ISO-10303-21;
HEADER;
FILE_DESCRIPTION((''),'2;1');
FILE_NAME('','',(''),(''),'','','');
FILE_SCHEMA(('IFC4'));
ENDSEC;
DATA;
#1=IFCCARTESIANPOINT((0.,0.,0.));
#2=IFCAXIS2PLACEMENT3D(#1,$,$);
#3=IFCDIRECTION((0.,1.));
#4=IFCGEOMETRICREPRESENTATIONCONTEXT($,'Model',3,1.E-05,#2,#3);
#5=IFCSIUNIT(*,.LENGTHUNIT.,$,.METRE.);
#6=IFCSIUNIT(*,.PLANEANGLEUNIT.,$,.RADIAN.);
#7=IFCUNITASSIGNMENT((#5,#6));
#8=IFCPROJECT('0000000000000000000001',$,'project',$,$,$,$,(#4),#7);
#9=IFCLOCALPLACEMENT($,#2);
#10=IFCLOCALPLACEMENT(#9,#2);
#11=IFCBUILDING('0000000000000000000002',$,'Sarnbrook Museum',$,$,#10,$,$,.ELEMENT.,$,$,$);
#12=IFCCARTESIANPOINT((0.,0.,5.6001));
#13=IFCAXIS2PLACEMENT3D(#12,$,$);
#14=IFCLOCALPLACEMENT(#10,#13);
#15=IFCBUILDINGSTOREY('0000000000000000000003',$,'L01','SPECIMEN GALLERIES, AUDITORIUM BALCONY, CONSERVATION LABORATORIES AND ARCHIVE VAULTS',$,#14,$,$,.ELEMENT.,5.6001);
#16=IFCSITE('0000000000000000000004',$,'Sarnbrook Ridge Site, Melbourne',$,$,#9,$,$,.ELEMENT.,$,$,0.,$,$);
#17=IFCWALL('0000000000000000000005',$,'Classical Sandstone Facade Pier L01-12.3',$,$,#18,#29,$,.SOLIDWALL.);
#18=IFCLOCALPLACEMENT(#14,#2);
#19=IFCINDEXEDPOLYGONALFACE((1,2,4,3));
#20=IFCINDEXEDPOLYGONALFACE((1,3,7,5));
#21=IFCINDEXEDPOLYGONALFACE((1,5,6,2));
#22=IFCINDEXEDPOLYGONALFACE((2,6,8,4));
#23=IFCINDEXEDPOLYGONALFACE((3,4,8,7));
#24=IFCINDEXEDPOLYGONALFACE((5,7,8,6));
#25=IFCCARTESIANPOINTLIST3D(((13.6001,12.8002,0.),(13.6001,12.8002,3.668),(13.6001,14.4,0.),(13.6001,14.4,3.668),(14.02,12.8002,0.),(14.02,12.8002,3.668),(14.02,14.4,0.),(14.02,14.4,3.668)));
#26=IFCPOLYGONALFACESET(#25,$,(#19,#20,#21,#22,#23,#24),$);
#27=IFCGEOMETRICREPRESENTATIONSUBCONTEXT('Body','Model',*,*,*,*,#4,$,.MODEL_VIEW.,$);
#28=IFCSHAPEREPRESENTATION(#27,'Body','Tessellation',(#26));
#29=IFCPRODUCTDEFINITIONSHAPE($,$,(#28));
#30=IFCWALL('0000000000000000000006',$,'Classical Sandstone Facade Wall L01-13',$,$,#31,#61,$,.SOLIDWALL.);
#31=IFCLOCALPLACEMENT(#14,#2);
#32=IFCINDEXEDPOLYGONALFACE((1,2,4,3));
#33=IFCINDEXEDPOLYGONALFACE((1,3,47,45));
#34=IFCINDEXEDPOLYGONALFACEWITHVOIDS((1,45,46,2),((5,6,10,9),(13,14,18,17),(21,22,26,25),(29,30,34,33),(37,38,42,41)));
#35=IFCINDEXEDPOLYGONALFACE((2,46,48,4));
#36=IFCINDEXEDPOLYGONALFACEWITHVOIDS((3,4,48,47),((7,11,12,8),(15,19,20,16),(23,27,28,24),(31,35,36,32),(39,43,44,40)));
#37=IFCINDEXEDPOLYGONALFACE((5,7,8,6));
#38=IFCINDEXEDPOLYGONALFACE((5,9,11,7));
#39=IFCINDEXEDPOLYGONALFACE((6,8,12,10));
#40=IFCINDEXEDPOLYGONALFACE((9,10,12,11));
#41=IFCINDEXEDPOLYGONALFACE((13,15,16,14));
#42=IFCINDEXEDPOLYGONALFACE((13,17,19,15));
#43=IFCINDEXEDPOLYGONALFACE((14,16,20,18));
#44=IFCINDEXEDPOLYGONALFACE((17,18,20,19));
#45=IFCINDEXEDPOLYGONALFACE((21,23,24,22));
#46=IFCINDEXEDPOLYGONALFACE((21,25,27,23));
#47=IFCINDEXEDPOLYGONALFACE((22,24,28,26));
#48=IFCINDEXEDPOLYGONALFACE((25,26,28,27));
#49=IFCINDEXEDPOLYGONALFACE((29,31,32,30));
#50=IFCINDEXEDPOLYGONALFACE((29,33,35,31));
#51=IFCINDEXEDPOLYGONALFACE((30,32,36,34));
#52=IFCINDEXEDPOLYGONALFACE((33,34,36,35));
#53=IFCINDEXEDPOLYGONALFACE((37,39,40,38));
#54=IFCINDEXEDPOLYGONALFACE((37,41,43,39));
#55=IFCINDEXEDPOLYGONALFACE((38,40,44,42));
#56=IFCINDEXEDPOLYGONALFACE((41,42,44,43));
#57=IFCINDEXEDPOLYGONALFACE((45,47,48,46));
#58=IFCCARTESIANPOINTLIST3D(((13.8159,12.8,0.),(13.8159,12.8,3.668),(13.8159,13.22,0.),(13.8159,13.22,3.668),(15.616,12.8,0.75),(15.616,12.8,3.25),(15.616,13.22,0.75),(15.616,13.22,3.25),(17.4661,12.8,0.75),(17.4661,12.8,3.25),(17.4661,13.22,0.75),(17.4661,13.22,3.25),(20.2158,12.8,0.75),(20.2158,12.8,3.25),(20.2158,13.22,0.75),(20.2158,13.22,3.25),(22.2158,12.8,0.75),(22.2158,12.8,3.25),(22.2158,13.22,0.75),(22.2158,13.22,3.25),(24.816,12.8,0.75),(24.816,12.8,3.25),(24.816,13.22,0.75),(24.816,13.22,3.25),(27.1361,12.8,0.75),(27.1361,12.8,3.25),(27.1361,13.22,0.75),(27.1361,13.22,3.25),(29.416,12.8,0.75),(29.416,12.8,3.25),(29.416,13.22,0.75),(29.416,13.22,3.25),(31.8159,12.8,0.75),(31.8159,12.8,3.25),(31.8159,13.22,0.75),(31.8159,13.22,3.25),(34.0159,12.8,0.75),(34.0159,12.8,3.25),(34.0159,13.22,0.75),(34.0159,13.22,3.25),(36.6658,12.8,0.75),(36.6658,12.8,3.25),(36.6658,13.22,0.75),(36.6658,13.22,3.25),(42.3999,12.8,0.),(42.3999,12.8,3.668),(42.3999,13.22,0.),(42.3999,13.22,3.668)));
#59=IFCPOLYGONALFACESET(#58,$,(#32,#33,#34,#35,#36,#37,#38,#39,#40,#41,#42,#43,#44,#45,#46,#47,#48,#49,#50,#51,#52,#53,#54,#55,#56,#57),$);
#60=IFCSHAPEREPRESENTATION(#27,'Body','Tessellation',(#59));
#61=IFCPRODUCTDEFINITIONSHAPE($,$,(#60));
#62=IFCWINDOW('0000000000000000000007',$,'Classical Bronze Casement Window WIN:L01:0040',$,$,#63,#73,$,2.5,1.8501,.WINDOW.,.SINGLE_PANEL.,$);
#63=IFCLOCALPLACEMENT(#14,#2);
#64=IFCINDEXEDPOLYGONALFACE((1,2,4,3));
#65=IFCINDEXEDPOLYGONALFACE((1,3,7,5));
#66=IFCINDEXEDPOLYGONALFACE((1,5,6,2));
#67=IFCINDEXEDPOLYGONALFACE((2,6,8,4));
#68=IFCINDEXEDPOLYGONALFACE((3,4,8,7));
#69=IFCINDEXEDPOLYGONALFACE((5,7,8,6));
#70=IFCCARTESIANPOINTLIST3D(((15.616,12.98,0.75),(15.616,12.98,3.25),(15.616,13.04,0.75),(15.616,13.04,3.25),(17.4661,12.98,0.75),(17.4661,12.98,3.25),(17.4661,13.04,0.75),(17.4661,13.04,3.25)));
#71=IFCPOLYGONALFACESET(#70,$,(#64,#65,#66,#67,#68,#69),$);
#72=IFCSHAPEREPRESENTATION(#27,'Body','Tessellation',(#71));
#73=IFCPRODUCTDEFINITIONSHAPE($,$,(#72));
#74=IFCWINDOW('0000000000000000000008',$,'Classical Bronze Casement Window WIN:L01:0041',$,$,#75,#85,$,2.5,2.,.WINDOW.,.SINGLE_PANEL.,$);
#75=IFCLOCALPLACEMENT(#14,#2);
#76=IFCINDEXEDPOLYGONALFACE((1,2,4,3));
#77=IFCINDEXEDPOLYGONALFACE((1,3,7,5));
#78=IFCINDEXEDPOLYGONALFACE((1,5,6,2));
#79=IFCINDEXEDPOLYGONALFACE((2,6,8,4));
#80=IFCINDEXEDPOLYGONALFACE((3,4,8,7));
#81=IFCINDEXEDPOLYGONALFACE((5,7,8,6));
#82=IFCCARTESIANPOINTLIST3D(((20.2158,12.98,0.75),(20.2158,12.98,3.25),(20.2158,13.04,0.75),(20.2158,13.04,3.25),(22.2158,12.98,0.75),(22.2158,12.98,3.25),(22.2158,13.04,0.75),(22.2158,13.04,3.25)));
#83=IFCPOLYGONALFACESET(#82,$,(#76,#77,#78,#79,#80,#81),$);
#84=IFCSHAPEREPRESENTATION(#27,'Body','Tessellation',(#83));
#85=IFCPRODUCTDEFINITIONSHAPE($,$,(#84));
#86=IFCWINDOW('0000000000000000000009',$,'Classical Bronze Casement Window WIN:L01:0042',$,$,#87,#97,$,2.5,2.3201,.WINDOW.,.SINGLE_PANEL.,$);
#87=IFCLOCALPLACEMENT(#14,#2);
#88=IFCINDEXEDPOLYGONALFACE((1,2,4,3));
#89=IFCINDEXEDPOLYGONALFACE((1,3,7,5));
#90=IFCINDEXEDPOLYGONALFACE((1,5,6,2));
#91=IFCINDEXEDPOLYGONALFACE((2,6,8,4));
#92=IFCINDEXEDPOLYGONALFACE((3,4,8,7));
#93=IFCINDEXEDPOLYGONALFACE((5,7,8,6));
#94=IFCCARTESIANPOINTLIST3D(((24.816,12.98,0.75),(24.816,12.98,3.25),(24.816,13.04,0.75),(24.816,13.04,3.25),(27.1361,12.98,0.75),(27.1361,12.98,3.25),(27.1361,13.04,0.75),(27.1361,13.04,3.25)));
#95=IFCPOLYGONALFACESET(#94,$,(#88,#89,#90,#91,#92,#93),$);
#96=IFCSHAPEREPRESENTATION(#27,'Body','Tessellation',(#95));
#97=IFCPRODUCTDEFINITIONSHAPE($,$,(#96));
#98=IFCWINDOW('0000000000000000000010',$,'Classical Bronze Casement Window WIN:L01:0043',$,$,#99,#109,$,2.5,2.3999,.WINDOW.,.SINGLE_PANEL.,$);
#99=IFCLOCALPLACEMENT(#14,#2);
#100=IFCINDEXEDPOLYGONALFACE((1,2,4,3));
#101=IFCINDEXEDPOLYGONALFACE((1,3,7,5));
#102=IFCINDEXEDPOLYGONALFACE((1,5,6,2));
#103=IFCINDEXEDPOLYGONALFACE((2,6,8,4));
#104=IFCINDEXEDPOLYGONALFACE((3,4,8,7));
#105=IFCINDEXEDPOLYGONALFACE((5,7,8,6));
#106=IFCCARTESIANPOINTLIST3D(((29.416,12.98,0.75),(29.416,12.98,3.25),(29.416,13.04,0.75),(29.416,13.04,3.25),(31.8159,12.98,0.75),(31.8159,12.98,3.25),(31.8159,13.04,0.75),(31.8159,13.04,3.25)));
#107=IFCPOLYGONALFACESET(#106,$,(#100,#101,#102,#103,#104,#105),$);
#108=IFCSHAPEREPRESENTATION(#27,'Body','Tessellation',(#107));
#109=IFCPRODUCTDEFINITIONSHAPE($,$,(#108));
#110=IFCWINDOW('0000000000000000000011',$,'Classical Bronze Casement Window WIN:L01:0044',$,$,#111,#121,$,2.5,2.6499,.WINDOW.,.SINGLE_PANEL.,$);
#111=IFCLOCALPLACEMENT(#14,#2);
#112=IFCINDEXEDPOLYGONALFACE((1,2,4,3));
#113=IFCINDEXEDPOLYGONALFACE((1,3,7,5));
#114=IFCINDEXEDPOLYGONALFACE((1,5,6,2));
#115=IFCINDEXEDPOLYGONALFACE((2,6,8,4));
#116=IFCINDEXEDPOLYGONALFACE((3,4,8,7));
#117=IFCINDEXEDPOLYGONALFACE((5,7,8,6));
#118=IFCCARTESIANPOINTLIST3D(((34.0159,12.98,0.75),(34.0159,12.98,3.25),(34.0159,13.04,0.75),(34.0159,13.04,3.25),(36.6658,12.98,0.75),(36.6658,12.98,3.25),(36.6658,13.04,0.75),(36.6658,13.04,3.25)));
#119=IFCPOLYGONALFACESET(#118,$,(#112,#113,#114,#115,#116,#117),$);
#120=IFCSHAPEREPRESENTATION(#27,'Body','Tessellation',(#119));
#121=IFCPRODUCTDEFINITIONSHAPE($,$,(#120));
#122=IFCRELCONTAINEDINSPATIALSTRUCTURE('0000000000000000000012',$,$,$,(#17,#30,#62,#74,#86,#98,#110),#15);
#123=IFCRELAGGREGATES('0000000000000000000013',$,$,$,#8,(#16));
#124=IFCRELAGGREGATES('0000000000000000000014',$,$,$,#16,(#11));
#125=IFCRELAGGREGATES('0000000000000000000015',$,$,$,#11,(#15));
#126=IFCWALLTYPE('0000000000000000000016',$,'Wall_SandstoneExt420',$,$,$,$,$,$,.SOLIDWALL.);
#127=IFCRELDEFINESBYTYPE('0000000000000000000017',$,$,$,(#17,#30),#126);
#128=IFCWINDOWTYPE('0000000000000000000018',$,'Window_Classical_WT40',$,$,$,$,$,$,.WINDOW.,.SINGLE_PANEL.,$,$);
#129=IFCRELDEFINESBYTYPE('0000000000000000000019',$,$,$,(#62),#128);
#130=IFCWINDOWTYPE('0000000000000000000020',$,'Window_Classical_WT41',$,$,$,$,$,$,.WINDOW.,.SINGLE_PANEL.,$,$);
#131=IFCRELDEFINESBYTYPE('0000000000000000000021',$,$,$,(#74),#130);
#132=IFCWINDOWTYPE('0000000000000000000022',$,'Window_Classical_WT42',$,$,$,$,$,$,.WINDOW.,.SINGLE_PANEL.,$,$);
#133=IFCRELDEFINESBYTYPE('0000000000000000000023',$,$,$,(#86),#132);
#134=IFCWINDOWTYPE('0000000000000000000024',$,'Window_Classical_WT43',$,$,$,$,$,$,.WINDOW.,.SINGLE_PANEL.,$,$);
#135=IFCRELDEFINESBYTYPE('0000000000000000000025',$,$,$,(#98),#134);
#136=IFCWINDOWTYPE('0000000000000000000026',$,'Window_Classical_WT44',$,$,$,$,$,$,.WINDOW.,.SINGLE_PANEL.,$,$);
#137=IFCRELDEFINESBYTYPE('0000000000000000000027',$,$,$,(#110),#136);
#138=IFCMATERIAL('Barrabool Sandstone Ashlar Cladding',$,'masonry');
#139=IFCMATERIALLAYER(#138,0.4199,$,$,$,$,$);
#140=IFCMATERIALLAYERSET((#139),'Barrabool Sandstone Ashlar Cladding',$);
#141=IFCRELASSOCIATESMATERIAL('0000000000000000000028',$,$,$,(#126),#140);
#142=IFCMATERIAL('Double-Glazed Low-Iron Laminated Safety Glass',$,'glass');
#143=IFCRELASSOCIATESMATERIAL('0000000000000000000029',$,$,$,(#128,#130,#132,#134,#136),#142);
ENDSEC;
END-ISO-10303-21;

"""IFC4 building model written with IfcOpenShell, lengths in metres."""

from ifc_helpers import new_model, si_unit, direction, frame, frame_2d, origin, place, context, subcontext, project, spatial, rectangle, extrude, material, layer, layer_set, type_object, element, fill, save


model = new_model("IFC4")

# Units and contexts
model_context = context("Model", 3, precision=1e-05, world=origin(), true_north=direction((0.0, 1.0)))
body_context = subcontext(model_context, "Body", "Model", "MODEL_VIEW")
ifc_project = project(units=[si_unit("LENGTHUNIT", "METRE"), si_unit("PLANEANGLEUNIT", "RADIAN")], contexts=[model_context])

# Site, building, storey
site_placement = place(None, origin())
site = spatial("IfcSite", under=ifc_project, at=site_placement, Name="Sarnbrook Ridge Site, Melbourne", CompositionType="ELEMENT", RefElevation=0.0)
building_placement = place(site_placement, origin())
building = spatial("IfcBuilding", under=site, at=building_placement, Name="Sarnbrook Museum", CompositionType="ELEMENT")
storey_placement = place(building_placement, frame((0.0, 0.0, 5.6001)))
storey = spatial("IfcBuildingStorey", under=building, at=storey_placement, Name="L01", Description="SPECIMEN GALLERIES, AUDITORIUM BALCONY, CONSERVATION LABORATORIES AND ARCHIVE VAULTS", CompositionType="ELEMENT", Elevation=5.6001)

# Wall
ifc_material_1 = material(Name="Barrabool Sandstone Ashlar Cladding", Category="masonry")
ifc_layer_1 = layer(ifc_material_1, 0.4199)
ifc_layer_set_1 = layer_set([ifc_layer_1], Name="Barrabool Sandstone Ashlar Cladding")
wall_type = type_object("IfcWallType", Name="Wall_SandstoneExt420", PredefinedType="SOLIDWALL", material=ifc_layer_set_1)
wall_1_placement = place(storey_placement, frame((13.8101, 14.3999, 0.0), z_axis=(0.0, 0.0, 1.0), x_axis=(0.0, -1.0, 0.0)))
element("IfcWall", 1, at=wall_1_placement, inside=storey, type_object=wall_type, Name="Classical Sandstone Facade Pier L01-12.3", PredefinedType="SOLIDWALL", context=body_context, shape_type="SweptSolid", body=[
    extrude(rectangle(XDim=1.5999, YDim=0.4199, at=frame_2d((0.7998, 0.0))), origin(), (0.0, 0.0, 1.0), 3.668),
])

# Wall, openings, windows
wall_2_placement = place(storey_placement, frame((13.8159, 13.01, 0.0), z_axis=(0.0, 0.0, 1.0), x_axis=(1.0, 0.0, 0.0)))
wall_2 = element("IfcWall", 2, at=wall_2_placement, inside=storey, type_object=wall_type, Name="Classical Sandstone Facade Wall L01-13", PredefinedType="SOLIDWALL", context=body_context, shape_type="SweptSolid", body=[
    extrude(rectangle(XDim=28.584, YDim=0.4199, at=frame_2d((14.292, 0.0))), origin(), (0.0, 0.0, 1.0), 3.668),
])
opening_1_placement = place(wall_2_placement, frame((1.8, 0.0, 0.75)))
opening_1 = element("IfcOpeningElement", 3, at=opening_1_placement, cuts=wall_2, PredefinedType="OPENING", context=body_context, shape_type="SweptSolid", body=[
    extrude(rectangle(XDim=1.8501, YDim=2.5, at=frame_2d((0.925, 1.25))), frame((0.0, 0.22, 0.0), z_axis=(0.0, -1.0, 0.0), x_axis=(1.0, 0.0, 0.0)), (0.0, 0.0, 1.0), 0.4399),
])
opening_2_placement = place(wall_2_placement, frame((6.3999, 0.0, 0.75)))
opening_2 = element("IfcOpeningElement", 4, at=opening_2_placement, cuts=wall_2, PredefinedType="OPENING", context=body_context, shape_type="SweptSolid", body=[
    extrude(rectangle(XDim=2.0, YDim=2.5, at=frame_2d((1.0, 1.25))), frame((0.0, 0.22, 0.0), z_axis=(0.0, -1.0, 0.0), x_axis=(1.0, 0.0, 0.0)), (0.0, 0.0, 1.0), 0.4399),
])
opening_3_placement = place(wall_2_placement, frame((11.0, 0.0, 0.75)))
opening_3 = element("IfcOpeningElement", 5, at=opening_3_placement, cuts=wall_2, PredefinedType="OPENING", context=body_context, shape_type="SweptSolid", body=[
    extrude(rectangle(XDim=2.3201, YDim=2.5, at=frame_2d((1.1602, 1.25))), frame((0.0, 0.22, 0.0), z_axis=(0.0, -1.0, 0.0), x_axis=(1.0, 0.0, 0.0)), (0.0, 0.0, 1.0), 0.4399),
])
opening_4_placement = place(wall_2_placement, frame((15.6001, 0.0, 0.75)))
opening_4 = element("IfcOpeningElement", 6, at=opening_4_placement, cuts=wall_2, PredefinedType="OPENING", context=body_context, shape_type="SweptSolid", body=[
    extrude(rectangle(XDim=2.3999, YDim=2.5, at=frame_2d((1.2, 1.25))), frame((0.0, 0.22, 0.0), z_axis=(0.0, -1.0, 0.0), x_axis=(1.0, 0.0, 0.0)), (0.0, 0.0, 1.0), 0.4399),
])
opening_5_placement = place(wall_2_placement, frame((20.2, 0.0, 0.75)))
opening_5 = element("IfcOpeningElement", 7, at=opening_5_placement, cuts=wall_2, PredefinedType="OPENING", context=body_context, shape_type="SweptSolid", body=[
    extrude(rectangle(XDim=2.6499, YDim=2.5, at=frame_2d((1.325, 1.25))), frame((0.0, 0.22, 0.0), z_axis=(0.0, -1.0, 0.0), x_axis=(1.0, 0.0, 0.0)), (0.0, 0.0, 1.0), 0.4399),
])
ifc_material_2 = material(Name="Double-Glazed Low-Iron Laminated Safety Glass", Category="glass")
window_type_1 = type_object("IfcWindowType", Name="Window_Classical_WT40", PartitioningType="SINGLE_PANEL", PredefinedType="WINDOW", material=ifc_material_2)
window_1_placement = place(opening_1_placement, origin())
window_1 = element("IfcWindow", 8, at=window_1_placement, inside=storey, type_object=window_type_1, Name="Classical Bronze Casement Window WIN:L01:0040", OverallHeight=2.5, OverallWidth=1.8501, PartitioningType="SINGLE_PANEL", PredefinedType="WINDOW", context=body_context, shape_type="SweptSolid", body=[
    extrude(rectangle(XDim=1.8501, YDim=2.5, at=frame_2d((0.925, 1.25))), frame((0.0, 0.03, 0.0), z_axis=(0.0, -1.0, 0.0), x_axis=(1.0, 0.0, 0.0)), (0.0, 0.0, 1.0), 0.0601),
])
fill(opening_1, window_1)
window_type_2 = type_object("IfcWindowType", Name="Window_Classical_WT41", PartitioningType="SINGLE_PANEL", PredefinedType="WINDOW", material=ifc_material_2)
window_2_placement = place(opening_2_placement, origin())
window_2 = element("IfcWindow", 9, at=window_2_placement, inside=storey, type_object=window_type_2, Name="Classical Bronze Casement Window WIN:L01:0041", OverallHeight=2.5, OverallWidth=2.0, PartitioningType="SINGLE_PANEL", PredefinedType="WINDOW", context=body_context, shape_type="SweptSolid", body=[
    extrude(rectangle(XDim=2.0, YDim=2.5, at=frame_2d((1.0, 1.25))), frame((0.0, 0.03, 0.0), z_axis=(0.0, -1.0, 0.0), x_axis=(1.0, 0.0, 0.0)), (0.0, 0.0, 1.0), 0.0601),
])
fill(opening_2, window_2)
window_type_3 = type_object("IfcWindowType", Name="Window_Classical_WT42", PartitioningType="SINGLE_PANEL", PredefinedType="WINDOW", material=ifc_material_2)
window_3_placement = place(opening_3_placement, origin())
window_3 = element("IfcWindow", 10, at=window_3_placement, inside=storey, type_object=window_type_3, Name="Classical Bronze Casement Window WIN:L01:0042", OverallHeight=2.5, OverallWidth=2.3201, PartitioningType="SINGLE_PANEL", PredefinedType="WINDOW", context=body_context, shape_type="SweptSolid", body=[
    extrude(rectangle(XDim=2.3201, YDim=2.5, at=frame_2d((1.1602, 1.25))), frame((0.0, 0.03, 0.0), z_axis=(0.0, -1.0, 0.0), x_axis=(1.0, 0.0, 0.0)), (0.0, 0.0, 1.0), 0.0601),
])
fill(opening_3, window_3)
window_type_4 = type_object("IfcWindowType", Name="Window_Classical_WT43", PartitioningType="SINGLE_PANEL", PredefinedType="WINDOW", material=ifc_material_2)
window_4_placement = place(opening_4_placement, origin())
window_4 = element("IfcWindow", 11, at=window_4_placement, inside=storey, type_object=window_type_4, Name="Classical Bronze Casement Window WIN:L01:0043", OverallHeight=2.5, OverallWidth=2.3999, PartitioningType="SINGLE_PANEL", PredefinedType="WINDOW", context=body_context, shape_type="SweptSolid", body=[
    extrude(rectangle(XDim=2.3999, YDim=2.5, at=frame_2d((1.2, 1.25))), frame((0.0, 0.03, 0.0), z_axis=(0.0, -1.0, 0.0), x_axis=(1.0, 0.0, 0.0)), (0.0, 0.0, 1.0), 0.0601),
])
fill(opening_4, window_4)
window_type_5 = type_object("IfcWindowType", Name="Window_Classical_WT44", PartitioningType="SINGLE_PANEL", PredefinedType="WINDOW", material=ifc_material_2)
window_5_placement = place(opening_5_placement, origin())
window_5 = element("IfcWindow", 12, at=window_5_placement, inside=storey, type_object=window_type_5, Name="Classical Bronze Casement Window WIN:L01:0044", OverallHeight=2.5, OverallWidth=2.6499, PartitioningType="SINGLE_PANEL", PredefinedType="WINDOW", context=body_context, shape_type="SweptSolid", body=[
    extrude(rectangle(XDim=2.6499, YDim=2.5, at=frame_2d((1.325, 1.25))), frame((0.0, 0.03, 0.0), z_axis=(0.0, -1.0, 0.0), x_axis=(1.0, 0.0, 0.0)), (0.0, 0.0, 1.0), 0.0601),
])
fill(opening_5, window_5)

save(model, "model.ifc")
